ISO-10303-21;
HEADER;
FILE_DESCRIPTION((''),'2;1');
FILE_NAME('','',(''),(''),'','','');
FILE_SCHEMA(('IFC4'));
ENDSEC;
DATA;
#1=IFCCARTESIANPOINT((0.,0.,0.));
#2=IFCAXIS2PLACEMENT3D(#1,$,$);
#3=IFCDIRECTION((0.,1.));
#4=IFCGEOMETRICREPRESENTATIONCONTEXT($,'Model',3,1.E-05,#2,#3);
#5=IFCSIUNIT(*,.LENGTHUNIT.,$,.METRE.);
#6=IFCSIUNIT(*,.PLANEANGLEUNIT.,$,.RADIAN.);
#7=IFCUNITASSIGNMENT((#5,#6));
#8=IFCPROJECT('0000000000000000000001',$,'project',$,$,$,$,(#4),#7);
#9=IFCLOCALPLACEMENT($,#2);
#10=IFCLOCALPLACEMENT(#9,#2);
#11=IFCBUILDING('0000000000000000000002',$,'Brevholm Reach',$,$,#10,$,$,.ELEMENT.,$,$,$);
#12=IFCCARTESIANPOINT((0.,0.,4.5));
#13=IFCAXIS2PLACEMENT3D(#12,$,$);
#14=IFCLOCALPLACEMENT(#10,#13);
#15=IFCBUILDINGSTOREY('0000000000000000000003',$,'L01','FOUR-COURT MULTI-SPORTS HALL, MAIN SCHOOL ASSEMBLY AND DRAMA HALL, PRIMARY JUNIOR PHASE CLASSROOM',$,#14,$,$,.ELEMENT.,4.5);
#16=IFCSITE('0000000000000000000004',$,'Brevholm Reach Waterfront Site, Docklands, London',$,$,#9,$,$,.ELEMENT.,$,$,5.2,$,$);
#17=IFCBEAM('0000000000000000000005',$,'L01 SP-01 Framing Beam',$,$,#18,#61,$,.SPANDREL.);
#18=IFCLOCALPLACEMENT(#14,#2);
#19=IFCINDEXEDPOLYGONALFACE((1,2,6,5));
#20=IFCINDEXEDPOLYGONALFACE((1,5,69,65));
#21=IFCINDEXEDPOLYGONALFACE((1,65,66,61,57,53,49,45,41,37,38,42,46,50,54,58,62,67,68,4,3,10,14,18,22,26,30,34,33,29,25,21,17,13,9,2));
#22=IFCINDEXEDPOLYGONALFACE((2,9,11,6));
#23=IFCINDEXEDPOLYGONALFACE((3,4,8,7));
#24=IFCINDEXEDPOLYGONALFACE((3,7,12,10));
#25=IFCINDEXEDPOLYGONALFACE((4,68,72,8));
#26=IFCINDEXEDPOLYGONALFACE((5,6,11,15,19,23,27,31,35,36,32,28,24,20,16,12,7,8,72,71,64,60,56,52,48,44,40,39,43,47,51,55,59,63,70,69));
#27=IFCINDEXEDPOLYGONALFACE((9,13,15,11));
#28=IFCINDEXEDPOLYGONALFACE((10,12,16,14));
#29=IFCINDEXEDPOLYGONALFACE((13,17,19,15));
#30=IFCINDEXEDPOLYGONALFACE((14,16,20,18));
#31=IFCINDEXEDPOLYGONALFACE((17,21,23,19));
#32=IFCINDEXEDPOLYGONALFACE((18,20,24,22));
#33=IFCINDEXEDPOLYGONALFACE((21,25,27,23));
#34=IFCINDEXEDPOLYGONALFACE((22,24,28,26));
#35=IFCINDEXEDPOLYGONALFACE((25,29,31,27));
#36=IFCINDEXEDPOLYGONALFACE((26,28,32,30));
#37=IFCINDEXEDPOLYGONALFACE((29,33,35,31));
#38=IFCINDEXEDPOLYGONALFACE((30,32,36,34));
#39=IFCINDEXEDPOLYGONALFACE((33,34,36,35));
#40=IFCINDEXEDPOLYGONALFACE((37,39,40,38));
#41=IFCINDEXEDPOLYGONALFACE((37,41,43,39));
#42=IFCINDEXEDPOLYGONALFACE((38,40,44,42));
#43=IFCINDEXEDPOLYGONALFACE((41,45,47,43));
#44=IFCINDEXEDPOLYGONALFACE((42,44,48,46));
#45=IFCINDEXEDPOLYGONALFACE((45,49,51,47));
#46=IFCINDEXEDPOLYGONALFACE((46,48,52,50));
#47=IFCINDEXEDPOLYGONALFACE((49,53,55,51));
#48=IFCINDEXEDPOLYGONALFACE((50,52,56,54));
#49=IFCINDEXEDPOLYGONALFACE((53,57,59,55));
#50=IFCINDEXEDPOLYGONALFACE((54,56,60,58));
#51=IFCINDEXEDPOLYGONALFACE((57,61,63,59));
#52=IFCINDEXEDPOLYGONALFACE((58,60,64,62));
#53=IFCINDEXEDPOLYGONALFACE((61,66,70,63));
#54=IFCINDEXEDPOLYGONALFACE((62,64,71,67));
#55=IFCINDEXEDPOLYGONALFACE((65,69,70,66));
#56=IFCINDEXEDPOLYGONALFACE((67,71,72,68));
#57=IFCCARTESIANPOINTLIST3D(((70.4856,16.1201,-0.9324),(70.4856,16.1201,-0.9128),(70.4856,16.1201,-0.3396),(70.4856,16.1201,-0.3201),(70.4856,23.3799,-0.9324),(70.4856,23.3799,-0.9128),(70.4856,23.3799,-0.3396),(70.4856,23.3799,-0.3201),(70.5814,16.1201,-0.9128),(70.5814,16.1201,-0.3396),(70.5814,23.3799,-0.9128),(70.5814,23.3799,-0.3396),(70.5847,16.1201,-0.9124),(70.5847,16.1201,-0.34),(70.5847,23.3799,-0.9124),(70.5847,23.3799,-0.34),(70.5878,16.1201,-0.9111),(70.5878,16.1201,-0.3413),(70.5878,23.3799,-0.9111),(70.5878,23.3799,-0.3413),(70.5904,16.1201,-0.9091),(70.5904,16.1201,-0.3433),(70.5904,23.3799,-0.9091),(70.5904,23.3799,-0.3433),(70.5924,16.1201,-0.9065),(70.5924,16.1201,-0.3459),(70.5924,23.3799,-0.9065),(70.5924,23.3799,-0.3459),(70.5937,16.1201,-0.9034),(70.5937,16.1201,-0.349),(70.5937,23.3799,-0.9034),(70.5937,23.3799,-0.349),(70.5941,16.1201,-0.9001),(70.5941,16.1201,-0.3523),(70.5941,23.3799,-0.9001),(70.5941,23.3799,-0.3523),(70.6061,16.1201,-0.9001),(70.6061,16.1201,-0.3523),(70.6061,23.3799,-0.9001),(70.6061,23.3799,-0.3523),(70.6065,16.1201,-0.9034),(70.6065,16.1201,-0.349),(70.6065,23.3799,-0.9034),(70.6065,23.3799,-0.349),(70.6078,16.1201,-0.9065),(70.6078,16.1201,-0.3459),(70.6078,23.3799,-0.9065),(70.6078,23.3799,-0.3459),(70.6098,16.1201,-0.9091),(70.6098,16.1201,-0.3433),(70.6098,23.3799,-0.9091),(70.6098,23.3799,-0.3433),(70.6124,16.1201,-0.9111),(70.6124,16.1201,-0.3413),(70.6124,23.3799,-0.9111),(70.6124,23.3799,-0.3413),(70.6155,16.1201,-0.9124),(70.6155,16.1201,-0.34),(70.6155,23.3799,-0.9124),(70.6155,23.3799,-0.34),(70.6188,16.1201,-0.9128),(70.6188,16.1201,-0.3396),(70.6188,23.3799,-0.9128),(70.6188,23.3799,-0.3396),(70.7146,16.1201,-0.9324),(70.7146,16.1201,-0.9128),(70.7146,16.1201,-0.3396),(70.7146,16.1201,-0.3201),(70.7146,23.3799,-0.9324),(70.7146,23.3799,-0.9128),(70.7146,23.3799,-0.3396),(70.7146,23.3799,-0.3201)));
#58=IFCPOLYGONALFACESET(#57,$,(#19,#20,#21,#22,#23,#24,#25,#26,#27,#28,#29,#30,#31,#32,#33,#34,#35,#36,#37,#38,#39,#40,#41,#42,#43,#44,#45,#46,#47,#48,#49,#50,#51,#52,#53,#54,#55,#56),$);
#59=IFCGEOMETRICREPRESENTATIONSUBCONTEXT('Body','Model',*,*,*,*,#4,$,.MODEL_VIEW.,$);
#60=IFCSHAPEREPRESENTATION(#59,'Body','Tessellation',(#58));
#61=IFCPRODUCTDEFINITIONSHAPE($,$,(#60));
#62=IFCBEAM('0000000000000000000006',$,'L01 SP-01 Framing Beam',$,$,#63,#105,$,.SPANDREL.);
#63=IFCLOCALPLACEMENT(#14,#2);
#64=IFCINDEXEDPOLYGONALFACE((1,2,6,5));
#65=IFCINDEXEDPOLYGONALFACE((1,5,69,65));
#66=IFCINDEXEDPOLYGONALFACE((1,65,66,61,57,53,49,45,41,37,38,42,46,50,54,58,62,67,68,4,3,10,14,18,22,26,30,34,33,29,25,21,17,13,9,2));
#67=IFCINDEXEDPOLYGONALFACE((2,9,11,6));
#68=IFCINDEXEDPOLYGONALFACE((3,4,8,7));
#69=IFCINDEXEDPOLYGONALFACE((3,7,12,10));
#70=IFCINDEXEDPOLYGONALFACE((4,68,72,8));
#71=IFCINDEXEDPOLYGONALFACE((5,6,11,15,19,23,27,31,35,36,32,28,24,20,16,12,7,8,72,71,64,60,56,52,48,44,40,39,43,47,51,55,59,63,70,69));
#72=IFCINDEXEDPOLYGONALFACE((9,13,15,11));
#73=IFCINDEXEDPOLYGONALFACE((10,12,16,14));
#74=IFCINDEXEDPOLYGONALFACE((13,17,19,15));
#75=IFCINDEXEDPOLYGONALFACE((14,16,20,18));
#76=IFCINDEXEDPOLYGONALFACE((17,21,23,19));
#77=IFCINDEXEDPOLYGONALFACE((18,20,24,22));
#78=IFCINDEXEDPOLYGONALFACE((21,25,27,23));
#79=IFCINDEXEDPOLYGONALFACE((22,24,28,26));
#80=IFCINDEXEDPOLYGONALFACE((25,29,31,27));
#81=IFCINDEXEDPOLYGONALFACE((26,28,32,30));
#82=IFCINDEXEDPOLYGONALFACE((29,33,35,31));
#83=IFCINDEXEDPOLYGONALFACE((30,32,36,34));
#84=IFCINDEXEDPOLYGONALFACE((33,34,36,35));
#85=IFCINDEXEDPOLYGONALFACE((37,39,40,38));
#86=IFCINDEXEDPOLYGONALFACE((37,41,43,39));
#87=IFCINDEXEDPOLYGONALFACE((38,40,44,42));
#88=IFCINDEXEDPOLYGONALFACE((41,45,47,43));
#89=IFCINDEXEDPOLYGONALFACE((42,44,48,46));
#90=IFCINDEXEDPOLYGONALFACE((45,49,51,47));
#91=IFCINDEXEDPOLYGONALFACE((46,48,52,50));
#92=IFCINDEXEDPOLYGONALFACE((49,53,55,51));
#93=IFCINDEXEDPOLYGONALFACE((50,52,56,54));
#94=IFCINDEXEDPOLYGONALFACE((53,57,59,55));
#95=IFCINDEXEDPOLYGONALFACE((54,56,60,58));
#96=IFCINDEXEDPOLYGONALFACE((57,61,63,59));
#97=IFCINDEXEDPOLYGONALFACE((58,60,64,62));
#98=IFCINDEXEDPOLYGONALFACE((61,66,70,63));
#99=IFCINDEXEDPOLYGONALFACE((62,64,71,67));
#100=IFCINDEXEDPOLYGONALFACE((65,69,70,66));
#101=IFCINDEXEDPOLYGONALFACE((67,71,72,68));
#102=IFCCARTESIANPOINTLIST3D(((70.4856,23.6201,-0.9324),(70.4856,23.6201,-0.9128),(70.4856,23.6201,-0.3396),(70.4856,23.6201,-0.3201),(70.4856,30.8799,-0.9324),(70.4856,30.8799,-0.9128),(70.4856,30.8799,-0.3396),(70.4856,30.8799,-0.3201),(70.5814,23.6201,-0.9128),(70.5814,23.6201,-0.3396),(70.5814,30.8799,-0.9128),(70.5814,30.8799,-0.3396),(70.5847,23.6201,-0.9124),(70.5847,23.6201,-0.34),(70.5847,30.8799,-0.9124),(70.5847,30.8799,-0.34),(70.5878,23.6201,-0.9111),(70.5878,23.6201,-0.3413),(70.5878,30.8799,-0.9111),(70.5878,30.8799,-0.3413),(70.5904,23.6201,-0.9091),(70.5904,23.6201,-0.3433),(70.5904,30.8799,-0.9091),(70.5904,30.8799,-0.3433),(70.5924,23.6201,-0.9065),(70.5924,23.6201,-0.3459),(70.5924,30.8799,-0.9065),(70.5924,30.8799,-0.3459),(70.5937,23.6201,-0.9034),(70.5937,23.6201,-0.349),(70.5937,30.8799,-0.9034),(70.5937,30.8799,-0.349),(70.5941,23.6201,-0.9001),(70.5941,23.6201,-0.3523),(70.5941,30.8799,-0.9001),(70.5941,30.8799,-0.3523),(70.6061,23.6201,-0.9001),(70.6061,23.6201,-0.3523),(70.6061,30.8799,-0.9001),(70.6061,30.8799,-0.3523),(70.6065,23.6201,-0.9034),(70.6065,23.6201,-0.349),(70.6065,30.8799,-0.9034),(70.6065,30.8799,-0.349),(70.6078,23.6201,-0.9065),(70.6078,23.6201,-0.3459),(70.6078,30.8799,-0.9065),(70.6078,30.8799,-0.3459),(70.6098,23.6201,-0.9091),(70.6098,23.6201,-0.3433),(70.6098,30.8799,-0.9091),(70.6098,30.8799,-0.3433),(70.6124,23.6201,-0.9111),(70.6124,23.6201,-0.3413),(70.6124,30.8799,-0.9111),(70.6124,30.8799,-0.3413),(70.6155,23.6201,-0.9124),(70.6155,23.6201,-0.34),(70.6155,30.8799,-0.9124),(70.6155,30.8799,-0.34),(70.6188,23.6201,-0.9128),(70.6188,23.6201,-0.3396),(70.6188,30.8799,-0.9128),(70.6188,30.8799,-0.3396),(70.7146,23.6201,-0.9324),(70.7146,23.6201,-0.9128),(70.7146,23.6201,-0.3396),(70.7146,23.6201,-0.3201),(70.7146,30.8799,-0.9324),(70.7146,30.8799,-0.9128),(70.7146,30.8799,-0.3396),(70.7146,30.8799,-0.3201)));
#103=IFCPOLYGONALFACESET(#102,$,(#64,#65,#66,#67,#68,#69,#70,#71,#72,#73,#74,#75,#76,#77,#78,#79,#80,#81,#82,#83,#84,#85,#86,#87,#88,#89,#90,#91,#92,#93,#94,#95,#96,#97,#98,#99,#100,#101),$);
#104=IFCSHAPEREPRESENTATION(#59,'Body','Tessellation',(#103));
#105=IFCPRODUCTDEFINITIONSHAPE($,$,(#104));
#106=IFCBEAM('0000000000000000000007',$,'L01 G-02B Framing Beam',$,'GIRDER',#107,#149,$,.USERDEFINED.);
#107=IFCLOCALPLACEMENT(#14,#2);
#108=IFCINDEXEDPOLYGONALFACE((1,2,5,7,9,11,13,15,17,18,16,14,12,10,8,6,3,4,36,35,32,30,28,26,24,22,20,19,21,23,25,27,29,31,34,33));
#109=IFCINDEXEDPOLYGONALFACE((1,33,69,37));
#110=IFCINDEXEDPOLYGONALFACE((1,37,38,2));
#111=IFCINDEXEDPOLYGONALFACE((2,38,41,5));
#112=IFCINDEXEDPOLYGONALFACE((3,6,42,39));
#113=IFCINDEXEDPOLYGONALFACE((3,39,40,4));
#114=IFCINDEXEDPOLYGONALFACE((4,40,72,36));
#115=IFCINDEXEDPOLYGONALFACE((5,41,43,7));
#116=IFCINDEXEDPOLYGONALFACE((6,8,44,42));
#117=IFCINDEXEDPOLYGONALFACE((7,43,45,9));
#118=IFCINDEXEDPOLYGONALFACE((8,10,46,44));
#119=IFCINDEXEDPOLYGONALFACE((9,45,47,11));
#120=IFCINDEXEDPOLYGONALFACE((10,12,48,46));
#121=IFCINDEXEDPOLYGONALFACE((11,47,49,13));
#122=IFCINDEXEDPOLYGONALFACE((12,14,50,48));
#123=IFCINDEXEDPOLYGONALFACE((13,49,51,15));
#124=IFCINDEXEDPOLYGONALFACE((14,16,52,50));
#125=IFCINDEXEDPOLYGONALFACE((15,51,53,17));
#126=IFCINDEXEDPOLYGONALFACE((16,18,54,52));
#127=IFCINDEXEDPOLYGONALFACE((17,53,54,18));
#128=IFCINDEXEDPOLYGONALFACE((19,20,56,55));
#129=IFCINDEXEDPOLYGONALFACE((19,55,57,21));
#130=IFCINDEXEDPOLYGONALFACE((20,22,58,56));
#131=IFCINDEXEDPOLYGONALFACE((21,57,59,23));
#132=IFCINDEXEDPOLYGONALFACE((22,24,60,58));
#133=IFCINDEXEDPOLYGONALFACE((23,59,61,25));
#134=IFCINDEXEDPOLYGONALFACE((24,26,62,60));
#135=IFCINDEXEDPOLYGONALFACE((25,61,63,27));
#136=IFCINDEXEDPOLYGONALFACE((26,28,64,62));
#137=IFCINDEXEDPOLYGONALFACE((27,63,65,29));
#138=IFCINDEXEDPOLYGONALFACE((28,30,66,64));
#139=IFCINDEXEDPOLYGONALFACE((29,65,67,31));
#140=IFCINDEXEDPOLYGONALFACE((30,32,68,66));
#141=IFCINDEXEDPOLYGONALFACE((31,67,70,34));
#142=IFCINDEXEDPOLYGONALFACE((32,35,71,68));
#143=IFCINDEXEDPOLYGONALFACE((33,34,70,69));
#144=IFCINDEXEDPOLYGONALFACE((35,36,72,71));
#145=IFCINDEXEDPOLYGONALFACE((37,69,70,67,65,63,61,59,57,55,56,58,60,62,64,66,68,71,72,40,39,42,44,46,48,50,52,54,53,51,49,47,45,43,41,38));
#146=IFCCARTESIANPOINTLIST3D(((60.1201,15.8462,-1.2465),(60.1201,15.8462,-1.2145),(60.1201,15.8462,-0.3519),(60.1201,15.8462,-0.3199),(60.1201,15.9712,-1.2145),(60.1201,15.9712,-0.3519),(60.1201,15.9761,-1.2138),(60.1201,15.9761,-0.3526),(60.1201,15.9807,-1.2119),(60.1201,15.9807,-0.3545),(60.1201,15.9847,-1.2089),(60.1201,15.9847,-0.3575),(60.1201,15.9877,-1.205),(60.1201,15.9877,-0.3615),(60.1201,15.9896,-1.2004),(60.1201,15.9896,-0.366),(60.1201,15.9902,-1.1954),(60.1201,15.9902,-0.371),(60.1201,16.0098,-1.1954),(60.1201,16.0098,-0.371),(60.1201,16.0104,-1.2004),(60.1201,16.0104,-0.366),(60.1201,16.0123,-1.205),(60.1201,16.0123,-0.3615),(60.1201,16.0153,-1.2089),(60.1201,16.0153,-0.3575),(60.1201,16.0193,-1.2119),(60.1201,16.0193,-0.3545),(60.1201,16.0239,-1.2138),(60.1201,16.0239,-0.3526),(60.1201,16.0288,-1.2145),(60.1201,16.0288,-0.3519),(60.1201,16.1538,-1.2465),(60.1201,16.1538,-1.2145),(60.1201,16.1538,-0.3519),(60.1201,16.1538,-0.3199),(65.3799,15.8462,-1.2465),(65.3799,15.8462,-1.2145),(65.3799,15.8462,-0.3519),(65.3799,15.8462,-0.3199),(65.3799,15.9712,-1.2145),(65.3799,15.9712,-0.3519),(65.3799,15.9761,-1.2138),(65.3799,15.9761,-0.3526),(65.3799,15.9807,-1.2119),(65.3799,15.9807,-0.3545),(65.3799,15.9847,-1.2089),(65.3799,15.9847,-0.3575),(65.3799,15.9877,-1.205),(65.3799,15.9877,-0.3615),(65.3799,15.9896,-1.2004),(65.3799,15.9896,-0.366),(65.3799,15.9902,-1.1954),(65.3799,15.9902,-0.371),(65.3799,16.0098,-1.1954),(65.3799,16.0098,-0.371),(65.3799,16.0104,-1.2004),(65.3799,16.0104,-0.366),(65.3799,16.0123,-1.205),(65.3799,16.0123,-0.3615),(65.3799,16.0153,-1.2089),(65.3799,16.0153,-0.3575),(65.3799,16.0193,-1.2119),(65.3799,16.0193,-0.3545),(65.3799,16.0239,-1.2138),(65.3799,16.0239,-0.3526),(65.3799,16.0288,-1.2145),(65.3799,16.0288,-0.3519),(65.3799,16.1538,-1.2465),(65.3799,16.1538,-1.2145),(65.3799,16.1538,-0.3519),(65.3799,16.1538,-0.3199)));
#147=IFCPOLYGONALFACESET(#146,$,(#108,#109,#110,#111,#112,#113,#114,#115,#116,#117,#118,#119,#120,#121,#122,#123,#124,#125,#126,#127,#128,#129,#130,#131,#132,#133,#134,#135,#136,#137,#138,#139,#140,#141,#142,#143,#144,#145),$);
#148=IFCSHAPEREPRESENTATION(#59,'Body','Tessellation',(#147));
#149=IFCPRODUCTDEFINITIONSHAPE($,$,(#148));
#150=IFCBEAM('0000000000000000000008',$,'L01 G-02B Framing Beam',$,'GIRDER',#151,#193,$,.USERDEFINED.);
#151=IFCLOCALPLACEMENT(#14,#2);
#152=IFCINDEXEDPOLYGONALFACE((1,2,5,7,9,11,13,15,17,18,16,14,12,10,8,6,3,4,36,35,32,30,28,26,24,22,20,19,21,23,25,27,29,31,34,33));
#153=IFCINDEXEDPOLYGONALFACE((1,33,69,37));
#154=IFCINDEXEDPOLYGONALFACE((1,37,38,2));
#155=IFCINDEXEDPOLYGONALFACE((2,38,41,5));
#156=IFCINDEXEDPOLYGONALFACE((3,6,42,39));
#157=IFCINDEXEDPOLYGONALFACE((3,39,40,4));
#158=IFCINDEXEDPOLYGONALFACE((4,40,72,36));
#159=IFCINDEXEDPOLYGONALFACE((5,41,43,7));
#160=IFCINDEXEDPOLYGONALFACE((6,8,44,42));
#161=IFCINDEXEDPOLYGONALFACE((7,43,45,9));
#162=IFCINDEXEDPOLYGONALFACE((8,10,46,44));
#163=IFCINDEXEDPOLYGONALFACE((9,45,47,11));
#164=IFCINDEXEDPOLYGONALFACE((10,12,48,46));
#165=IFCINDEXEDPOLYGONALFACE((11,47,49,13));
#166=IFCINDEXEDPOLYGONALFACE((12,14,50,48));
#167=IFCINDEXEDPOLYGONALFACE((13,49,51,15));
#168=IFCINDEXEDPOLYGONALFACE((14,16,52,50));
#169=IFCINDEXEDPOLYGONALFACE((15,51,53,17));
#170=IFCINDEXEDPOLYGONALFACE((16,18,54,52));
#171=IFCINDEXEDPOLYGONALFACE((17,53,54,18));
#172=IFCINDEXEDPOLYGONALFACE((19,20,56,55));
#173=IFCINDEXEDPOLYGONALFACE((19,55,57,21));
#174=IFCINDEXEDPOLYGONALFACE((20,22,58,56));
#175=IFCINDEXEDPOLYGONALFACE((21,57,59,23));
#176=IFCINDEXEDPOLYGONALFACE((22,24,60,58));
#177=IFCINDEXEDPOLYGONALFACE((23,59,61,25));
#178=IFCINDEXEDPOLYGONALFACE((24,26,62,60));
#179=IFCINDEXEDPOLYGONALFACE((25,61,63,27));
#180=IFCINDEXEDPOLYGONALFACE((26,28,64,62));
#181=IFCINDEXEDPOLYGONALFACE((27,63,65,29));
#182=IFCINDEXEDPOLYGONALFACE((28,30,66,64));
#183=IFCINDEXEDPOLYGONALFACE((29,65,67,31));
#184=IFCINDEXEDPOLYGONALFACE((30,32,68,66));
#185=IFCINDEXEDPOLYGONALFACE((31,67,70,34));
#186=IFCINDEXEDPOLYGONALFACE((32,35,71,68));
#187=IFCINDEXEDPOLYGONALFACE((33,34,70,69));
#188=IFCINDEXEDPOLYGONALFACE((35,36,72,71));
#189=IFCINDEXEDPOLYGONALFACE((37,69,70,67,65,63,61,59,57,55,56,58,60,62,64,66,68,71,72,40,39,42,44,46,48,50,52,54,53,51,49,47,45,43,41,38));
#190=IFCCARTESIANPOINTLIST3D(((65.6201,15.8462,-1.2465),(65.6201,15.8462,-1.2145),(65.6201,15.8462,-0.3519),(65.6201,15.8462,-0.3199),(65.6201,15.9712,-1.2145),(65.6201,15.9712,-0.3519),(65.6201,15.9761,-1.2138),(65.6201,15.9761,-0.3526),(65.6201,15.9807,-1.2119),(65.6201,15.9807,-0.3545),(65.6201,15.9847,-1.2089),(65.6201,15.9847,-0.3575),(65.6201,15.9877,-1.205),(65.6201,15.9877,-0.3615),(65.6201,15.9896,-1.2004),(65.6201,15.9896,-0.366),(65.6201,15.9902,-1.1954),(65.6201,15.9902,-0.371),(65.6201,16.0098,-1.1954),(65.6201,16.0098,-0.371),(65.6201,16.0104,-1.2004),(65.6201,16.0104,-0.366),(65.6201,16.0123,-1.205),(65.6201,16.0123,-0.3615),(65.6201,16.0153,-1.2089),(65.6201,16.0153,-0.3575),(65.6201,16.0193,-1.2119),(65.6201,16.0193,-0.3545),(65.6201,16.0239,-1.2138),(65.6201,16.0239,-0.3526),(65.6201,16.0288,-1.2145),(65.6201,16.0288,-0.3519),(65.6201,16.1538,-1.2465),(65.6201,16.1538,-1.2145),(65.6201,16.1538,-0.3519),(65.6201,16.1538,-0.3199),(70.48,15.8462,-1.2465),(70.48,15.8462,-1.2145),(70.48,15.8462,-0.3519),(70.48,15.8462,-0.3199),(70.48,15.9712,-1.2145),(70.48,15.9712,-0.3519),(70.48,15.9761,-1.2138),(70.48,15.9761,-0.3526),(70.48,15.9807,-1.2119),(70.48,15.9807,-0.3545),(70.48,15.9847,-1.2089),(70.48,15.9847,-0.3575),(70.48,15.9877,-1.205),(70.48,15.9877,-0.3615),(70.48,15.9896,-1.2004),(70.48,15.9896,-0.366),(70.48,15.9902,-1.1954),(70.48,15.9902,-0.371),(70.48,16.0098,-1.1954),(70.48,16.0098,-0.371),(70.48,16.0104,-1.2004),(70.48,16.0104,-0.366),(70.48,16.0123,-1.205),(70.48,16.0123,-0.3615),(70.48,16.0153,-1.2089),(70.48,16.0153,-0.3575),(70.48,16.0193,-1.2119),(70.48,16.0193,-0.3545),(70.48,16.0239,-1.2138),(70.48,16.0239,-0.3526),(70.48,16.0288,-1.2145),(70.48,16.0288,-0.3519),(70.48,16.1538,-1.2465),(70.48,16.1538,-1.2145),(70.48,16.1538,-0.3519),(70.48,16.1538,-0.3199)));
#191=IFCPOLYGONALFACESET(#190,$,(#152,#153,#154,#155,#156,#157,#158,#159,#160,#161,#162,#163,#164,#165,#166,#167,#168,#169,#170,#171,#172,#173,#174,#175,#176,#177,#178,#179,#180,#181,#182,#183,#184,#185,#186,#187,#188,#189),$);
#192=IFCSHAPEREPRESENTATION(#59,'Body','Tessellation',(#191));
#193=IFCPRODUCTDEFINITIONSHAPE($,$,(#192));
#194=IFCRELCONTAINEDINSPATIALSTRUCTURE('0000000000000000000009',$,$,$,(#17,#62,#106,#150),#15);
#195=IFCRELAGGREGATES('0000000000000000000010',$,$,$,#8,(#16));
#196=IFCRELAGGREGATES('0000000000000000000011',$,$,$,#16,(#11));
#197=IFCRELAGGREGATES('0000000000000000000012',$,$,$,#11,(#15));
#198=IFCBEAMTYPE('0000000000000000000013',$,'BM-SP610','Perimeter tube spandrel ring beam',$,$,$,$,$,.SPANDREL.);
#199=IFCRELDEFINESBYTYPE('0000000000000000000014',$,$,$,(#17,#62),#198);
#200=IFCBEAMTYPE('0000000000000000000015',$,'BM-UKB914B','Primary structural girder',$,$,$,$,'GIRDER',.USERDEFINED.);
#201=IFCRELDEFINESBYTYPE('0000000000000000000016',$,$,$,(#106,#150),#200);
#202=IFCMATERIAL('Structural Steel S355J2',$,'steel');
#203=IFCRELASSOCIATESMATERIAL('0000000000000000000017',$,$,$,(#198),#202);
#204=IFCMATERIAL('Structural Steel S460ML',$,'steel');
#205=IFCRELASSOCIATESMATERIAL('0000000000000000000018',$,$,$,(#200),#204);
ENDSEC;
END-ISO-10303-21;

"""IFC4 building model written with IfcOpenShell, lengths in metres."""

from ifc_helpers import new_model, si_unit, direction, frame, origin, origin_2d, place, context, subcontext, project, spatial, i_section, extrude, material, material_profile, profile_set, type_object, element, save


model = new_model("IFC4")

# Units and contexts
model_context = context("Model", 3, precision=1e-05, world=origin(), true_north=direction((0.0, 1.0)))
body_context = subcontext(model_context, "Body", "Model", "MODEL_VIEW")
ifc_project = project(units=[si_unit("LENGTHUNIT", "METRE"), si_unit("PLANEANGLEUNIT", "RADIAN")], contexts=[model_context])

# Site, building, storey
site_placement = place(None, origin())
site = spatial("IfcSite", under=ifc_project, at=site_placement, Name="Brevholm Reach Waterfront Site, Docklands, London", CompositionType="ELEMENT", RefElevation=5.2)
building_placement = place(site_placement, origin())
building = spatial("IfcBuilding", under=site, at=building_placement, Name="Brevholm Reach", CompositionType="ELEMENT")
storey_placement = place(building_placement, frame((0.0, 0.0, 4.5)))
storey = spatial("IfcBuildingStorey", under=building, at=storey_placement, Name="L01", Description="FOUR-COURT MULTI-SPORTS HALL, MAIN SCHOOL ASSEMBLY AND DRAMA HALL, PRIMARY JUNIOR PHASE CLASSROOM", CompositionType="ELEMENT", Elevation=4.5)

# Beams
ifc_material_1 = material(Name="Structural Steel S355J2", Category="steel")
ifc_material_profile_1 = material_profile(ifc_material_1, i_section(OverallWidth=0.229, OverallDepth=0.6123, WebThickness=0.012, FlangeThickness=0.0195, FilletRadius=0.0127, at=origin_2d()), Name="UKB 610x229x125")
ifc_profile_set_1 = profile_set([ifc_material_profile_1], Name="Structural Steel S355J2")
beam_type_1 = type_object("IfcBeamType", Name="BM-SP610", Description="Perimeter tube spandrel ring beam", PredefinedType="SPANDREL", material=ifc_profile_set_1)
for number, where, z_axis, x_axis, name in (
    (1, (70.6001, 16.1201, -0.6262), (0.0, 1.0, 0.0), (-1.0, 0.0, 0.0), "L01 SP-01 Framing Beam"),
    (2, (70.6001, 23.6201, -0.6262), (0.0, 1.0, 0.0), (-1.0, 0.0, 0.0), "L01 SP-01 Framing Beam"),
):
    element("IfcBeam", number, at=place(storey_placement, frame(where, z_axis=z_axis, x_axis=x_axis)), inside=storey, type_object=beam_type_1, Name=name, PredefinedType="SPANDREL", context=body_context, shape_type="SweptSolid", body=[
        extrude(i_section(OverallWidth=0.229, OverallDepth=0.6123, WebThickness=0.012, FlangeThickness=0.0195, FilletRadius=0.0127, at=origin_2d()), origin(), (0.0, 0.0, 1.0), 7.2598),
    ])
ifc_material_2 = material(Name="Structural Steel S460ML", Category="steel")
ifc_material_profile_2 = material_profile(ifc_material_2, i_section(OverallWidth=0.3076, OverallDepth=0.9265, WebThickness=0.0195, FlangeThickness=0.032, FilletRadius=0.019, at=origin_2d()), Name="UKB 914x305x289")
ifc_profile_set_2 = profile_set([ifc_material_profile_2], Name="Structural Steel S460ML")
beam_type_2 = type_object("IfcBeamType", Name="BM-UKB914B", Description="Primary structural girder", ElementType="GIRDER", PredefinedType="USERDEFINED", material=ifc_profile_set_2)
beam_1_placement = place(storey_placement, frame((60.1201, 16.0, -0.7832), z_axis=(1.0, 0.0, 0.0), x_axis=(0.0, 1.0, 0.0)))
element("IfcBeam", 3, at=beam_1_placement, inside=storey, type_object=beam_type_2, Name="L01 G-02B Framing Beam", ObjectType="GIRDER", PredefinedType="USERDEFINED", context=body_context, shape_type="SweptSolid", body=[
    extrude(i_section(OverallWidth=0.3076, OverallDepth=0.9265, WebThickness=0.0195, FlangeThickness=0.032, FilletRadius=0.019, at=origin_2d()), origin(), (0.0, 0.0, 1.0), 5.2598),
])
beam_2_placement = place(storey_placement, frame((65.6201, 16.0, -0.7832), z_axis=(1.0, 0.0, 0.0), x_axis=(0.0, 1.0, 0.0)))
element("IfcBeam", 4, at=beam_2_placement, inside=storey, type_object=beam_type_2, Name="L01 G-02B Framing Beam", ObjectType="GIRDER", PredefinedType="USERDEFINED", context=body_context, shape_type="SweptSolid", body=[
    extrude(i_section(OverallWidth=0.3076, OverallDepth=0.9265, WebThickness=0.0195, FlangeThickness=0.032, FilletRadius=0.019, at=origin_2d()), origin(), (0.0, 0.0, 1.0), 4.8599),
])

save(model, "model.ifc")
